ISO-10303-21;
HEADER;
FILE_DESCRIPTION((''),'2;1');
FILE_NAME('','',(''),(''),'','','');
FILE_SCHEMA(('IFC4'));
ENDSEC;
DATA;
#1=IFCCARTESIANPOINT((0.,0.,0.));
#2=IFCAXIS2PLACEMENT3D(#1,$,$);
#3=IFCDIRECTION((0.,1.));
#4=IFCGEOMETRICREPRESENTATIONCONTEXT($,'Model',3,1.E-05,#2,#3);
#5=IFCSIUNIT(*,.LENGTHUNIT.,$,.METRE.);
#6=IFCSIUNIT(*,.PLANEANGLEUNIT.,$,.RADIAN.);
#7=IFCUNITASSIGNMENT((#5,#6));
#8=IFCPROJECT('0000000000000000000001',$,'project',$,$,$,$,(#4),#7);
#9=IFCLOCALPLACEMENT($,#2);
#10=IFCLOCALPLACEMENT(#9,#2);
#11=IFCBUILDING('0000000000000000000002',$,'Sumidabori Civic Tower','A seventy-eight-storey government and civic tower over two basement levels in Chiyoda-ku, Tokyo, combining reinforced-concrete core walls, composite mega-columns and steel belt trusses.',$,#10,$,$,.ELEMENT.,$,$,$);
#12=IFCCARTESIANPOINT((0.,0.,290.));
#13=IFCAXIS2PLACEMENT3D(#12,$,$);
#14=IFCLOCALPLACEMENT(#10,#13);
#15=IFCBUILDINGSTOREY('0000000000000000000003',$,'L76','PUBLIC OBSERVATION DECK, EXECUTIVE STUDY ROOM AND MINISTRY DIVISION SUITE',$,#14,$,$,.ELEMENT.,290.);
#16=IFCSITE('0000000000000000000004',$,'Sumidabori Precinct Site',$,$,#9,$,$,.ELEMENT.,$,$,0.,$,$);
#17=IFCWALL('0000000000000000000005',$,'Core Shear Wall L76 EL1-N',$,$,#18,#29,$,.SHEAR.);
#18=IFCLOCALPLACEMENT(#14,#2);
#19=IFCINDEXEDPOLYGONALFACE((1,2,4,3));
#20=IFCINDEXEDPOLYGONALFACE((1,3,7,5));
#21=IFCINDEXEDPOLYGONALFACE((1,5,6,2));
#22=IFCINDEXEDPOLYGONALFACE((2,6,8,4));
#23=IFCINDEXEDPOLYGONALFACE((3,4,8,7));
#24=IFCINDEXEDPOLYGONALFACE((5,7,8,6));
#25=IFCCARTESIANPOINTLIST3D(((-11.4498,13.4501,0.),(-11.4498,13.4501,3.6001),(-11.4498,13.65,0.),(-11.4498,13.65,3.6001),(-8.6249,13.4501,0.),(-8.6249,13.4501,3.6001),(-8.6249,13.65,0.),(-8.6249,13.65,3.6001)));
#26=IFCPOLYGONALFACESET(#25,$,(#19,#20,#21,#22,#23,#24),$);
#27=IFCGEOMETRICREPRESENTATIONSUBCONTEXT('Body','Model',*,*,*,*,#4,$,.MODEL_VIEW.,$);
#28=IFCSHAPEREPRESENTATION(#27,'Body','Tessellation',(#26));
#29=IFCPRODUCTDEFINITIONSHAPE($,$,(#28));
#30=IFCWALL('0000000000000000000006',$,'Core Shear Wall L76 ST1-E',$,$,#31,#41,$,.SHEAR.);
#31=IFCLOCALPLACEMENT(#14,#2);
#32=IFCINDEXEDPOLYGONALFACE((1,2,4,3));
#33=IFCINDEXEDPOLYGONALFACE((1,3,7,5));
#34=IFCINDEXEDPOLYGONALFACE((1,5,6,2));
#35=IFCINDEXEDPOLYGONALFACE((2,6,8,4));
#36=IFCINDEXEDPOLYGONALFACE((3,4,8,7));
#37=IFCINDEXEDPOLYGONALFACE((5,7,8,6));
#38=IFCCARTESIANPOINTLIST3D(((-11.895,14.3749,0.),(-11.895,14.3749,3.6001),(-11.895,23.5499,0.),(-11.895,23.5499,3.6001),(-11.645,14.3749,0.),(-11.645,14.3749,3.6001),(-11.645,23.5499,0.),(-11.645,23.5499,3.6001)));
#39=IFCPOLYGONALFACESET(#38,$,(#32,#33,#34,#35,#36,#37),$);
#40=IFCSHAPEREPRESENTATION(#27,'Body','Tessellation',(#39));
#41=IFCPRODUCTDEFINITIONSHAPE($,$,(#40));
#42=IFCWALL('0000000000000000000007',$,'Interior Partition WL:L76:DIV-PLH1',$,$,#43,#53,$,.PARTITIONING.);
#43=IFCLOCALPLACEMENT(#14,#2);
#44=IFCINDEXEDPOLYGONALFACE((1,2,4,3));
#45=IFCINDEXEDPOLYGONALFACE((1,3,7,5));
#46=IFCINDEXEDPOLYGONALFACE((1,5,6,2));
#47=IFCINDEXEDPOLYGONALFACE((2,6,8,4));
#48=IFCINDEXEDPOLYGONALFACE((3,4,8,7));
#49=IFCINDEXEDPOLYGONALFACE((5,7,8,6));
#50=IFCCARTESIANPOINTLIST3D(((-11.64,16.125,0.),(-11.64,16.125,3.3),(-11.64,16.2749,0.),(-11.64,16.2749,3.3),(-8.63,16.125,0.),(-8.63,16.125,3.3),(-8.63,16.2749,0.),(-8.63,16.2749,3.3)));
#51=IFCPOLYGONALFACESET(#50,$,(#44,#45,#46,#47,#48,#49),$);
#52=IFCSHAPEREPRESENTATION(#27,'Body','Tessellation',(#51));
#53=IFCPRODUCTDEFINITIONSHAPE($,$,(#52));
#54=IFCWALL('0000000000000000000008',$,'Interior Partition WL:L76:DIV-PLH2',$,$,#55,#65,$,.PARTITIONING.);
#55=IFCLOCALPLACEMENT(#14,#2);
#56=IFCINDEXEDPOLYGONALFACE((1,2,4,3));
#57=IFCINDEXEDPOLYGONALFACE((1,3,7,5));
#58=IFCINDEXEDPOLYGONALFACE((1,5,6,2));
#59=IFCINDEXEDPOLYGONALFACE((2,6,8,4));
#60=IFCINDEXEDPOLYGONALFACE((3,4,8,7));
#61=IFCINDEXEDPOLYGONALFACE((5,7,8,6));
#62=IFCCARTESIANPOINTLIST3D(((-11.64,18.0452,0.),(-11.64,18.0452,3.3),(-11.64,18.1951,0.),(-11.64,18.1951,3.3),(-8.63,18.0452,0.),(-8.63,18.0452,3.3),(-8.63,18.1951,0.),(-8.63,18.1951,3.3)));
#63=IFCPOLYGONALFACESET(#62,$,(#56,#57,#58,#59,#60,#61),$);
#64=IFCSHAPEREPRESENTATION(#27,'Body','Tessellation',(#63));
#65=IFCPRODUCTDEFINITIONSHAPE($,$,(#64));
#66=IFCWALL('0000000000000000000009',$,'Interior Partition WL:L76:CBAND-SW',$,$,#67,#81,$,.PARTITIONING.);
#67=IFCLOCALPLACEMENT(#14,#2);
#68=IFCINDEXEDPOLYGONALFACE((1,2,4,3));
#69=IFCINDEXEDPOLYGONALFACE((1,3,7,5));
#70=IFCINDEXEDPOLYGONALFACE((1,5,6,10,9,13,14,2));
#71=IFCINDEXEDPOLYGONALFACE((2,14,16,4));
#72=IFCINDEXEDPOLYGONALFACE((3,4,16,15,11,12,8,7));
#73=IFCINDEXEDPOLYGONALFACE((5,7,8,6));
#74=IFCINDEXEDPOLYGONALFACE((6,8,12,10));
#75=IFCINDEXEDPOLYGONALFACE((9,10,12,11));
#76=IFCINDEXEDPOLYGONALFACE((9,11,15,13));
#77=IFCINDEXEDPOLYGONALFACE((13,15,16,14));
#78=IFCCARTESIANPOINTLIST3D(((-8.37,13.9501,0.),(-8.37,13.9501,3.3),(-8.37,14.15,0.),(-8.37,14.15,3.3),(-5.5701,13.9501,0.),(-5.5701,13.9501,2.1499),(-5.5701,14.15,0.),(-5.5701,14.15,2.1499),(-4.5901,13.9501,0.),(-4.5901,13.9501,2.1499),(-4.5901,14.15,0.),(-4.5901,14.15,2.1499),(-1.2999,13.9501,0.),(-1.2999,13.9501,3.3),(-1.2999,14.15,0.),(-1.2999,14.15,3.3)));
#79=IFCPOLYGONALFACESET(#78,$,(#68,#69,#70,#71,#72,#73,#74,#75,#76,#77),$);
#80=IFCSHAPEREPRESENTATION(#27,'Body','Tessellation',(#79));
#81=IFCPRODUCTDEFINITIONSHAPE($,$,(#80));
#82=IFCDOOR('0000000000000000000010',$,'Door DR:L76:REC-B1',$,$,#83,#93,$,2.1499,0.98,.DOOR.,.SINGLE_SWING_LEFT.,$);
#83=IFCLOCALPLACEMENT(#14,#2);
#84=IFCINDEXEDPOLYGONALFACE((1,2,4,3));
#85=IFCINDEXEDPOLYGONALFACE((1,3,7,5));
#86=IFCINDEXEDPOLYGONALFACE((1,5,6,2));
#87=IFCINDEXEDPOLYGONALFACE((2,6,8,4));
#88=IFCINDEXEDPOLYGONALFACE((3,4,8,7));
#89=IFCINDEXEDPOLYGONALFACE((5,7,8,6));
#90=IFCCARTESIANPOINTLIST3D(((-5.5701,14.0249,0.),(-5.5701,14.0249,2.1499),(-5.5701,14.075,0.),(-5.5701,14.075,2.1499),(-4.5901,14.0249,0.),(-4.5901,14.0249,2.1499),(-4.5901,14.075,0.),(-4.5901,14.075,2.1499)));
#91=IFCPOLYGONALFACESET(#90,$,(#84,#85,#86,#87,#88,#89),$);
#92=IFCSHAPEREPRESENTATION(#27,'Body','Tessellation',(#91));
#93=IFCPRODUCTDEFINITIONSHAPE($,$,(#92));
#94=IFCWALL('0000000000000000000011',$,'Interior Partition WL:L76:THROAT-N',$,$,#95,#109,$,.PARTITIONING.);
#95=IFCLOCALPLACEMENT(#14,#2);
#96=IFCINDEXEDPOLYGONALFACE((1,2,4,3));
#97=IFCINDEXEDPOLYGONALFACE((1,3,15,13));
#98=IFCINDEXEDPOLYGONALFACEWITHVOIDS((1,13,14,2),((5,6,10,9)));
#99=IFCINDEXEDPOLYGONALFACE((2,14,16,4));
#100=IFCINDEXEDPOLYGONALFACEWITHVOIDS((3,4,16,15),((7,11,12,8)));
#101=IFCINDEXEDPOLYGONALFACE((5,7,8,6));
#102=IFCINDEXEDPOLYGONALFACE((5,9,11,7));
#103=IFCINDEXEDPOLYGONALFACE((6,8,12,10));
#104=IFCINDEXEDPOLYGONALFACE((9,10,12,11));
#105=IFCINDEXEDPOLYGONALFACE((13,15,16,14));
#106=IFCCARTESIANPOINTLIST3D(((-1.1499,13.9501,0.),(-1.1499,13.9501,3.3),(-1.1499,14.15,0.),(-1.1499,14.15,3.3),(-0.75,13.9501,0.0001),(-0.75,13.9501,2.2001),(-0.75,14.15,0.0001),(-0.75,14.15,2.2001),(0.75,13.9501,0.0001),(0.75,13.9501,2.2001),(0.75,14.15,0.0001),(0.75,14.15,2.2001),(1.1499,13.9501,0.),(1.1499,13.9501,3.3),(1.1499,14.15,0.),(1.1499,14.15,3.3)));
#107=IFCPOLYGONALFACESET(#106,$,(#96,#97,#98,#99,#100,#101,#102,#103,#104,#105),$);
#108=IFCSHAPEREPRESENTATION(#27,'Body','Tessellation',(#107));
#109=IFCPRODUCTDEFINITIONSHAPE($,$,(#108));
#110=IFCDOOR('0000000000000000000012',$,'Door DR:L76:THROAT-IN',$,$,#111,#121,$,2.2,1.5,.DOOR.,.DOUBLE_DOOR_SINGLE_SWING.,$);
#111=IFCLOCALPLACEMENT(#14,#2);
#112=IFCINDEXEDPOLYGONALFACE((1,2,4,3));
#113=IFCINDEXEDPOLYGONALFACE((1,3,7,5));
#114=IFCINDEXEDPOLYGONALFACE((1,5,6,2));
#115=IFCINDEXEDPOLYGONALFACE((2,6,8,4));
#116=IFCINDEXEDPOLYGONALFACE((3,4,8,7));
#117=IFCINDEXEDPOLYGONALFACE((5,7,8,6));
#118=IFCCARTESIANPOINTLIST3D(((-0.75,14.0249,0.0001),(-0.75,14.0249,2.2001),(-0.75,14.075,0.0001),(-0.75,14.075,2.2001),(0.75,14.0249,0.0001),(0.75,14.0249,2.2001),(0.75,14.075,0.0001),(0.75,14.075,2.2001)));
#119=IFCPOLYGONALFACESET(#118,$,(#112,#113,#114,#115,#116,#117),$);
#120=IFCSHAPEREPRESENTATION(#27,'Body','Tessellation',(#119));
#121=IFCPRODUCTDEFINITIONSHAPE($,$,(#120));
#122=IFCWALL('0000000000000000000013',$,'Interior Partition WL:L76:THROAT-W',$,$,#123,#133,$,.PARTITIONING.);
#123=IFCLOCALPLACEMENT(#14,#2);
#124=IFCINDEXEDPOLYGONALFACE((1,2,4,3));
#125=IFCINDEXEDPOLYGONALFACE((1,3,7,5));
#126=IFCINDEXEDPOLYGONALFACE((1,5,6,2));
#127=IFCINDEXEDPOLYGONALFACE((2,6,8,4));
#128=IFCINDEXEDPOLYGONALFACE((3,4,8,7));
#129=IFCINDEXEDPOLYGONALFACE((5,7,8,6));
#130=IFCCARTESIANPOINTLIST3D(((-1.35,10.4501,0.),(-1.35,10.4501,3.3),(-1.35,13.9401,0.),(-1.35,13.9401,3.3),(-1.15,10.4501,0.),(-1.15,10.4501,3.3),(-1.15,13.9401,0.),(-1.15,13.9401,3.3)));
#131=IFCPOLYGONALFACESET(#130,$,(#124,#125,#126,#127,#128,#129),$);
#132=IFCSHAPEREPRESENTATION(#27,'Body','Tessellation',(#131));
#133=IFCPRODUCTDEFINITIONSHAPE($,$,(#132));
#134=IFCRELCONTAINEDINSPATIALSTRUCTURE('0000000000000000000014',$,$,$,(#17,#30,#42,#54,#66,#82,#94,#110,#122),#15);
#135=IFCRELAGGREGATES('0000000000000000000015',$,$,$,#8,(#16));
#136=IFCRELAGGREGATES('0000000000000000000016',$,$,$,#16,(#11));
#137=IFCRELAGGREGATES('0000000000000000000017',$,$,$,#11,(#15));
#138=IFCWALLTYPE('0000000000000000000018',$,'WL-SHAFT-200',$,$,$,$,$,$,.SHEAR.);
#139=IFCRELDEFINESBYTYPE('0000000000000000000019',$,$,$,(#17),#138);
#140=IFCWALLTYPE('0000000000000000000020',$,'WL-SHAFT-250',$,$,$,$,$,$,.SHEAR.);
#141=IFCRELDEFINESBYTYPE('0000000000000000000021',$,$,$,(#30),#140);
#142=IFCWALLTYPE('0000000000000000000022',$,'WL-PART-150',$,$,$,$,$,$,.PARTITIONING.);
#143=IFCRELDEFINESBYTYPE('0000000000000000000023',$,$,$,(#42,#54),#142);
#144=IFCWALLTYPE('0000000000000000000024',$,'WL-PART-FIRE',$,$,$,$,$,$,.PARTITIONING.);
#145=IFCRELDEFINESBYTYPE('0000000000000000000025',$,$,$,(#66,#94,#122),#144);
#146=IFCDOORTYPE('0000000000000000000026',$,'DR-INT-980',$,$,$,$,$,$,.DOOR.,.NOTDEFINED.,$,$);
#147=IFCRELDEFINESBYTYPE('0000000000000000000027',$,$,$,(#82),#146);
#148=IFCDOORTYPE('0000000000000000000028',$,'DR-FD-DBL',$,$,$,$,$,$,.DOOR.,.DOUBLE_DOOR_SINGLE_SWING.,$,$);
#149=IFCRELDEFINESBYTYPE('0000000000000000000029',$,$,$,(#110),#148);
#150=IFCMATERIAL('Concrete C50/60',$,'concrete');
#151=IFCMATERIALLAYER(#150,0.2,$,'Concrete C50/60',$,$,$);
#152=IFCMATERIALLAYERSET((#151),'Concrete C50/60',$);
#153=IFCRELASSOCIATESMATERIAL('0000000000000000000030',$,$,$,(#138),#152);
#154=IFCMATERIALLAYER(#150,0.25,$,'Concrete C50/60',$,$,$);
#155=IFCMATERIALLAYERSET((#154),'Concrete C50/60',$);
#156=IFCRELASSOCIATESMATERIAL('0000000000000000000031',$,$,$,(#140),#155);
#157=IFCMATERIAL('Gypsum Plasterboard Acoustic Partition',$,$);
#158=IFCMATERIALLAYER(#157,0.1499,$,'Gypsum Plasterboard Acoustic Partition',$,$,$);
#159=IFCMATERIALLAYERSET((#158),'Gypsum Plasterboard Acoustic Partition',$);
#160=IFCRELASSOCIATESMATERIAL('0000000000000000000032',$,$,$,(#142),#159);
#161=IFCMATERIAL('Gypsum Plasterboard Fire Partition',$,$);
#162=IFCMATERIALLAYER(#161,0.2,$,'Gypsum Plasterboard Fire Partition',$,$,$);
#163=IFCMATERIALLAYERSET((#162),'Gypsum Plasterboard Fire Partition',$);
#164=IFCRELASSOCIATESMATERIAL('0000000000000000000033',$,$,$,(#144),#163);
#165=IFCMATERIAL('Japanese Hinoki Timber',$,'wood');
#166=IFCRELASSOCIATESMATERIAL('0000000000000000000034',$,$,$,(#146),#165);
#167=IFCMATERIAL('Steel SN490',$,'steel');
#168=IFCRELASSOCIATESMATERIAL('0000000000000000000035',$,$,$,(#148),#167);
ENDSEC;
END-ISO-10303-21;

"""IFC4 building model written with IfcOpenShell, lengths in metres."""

from ifc_helpers import new_model, si_unit, direction, frame, frame_2d, origin, place, context, subcontext, project, spatial, rectangle, extrude, source, transform, mapped, material, layer, layer_set, type_object, element, fill, save


model = new_model("IFC4")

# Units and contexts
model_context = context("Model", 3, precision=1e-05, world=origin(), true_north=direction((0.0, 1.0)))
body_context = subcontext(model_context, "Body", "Model", "MODEL_VIEW")
ifc_project = project(units=[si_unit("LENGTHUNIT", "METRE"), si_unit("PLANEANGLEUNIT", "RADIAN")], contexts=[model_context])

# Site, building, storey
site_placement = place(None, origin())
site = spatial("IfcSite", under=ifc_project, at=site_placement, Name="Sumidabori Precinct Site", CompositionType="ELEMENT", RefElevation=0.0)
building_placement = place(site_placement, origin())
building = spatial("IfcBuilding", under=site, at=building_placement, Name="Sumidabori Civic Tower", Description="A seventy-eight-storey government and civic tower over two basement levels in Chiyoda-ku, Tokyo, combining reinforced-concrete core walls, composite mega-columns and steel belt trusses.", CompositionType="ELEMENT")
storey_placement = place(building_placement, frame((0.0, 0.0, 290.0)))
storey = spatial("IfcBuildingStorey", under=building, at=storey_placement, Name="L76", Description="PUBLIC OBSERVATION DECK, EXECUTIVE STUDY ROOM AND MINISTRY DIVISION SUITE", CompositionType="ELEMENT", Elevation=290.0)

# Wall
ifc_material_1 = material(Name="Concrete C50/60", Category="concrete")
ifc_layer_1 = layer(ifc_material_1, 0.2, Name="Concrete C50/60")
ifc_layer_set_1 = layer_set([ifc_layer_1], Name="Concrete C50/60")
wall_type_1 = type_object("IfcWallType", Name="WL-SHAFT-200", PredefinedType="SHEAR", material=ifc_layer_set_1)
shared_shape_1 = source(origin(), body_context, "Body", "SweptSolid", [
    extrude(rectangle(XDim=2.825, YDim=0.2, at=frame_2d((1.4126, 0.0))), origin(), (0.0, 0.0, 1.0), 3.6001),
])
wall_1_placement = place(storey_placement, frame((-11.45, 13.55, 0.0), z_axis=(0.0, 0.0, 1.0), x_axis=(1.0, 0.0, 0.0)))
element("IfcWall", 1, at=wall_1_placement, inside=storey, type_object=wall_type_1, Name="Core Shear Wall L76 EL1-N", PredefinedType="SHEAR", context=body_context, shape_type="MappedRepresentation", body=[
    mapped(shared_shape_1, transform((0.0, 0.0, 0.0), x_axis=(1.0, 0.0, 0.0), y_axis=(0.0, 1.0, 0.0), z_axis=(0.0, 0.0, 1.0), scale=1.0)),
])

# Shared definitions
ifc_layer_2 = layer(ifc_material_1, 0.25, Name="Concrete C50/60")
ifc_layer_set_2 = layer_set([ifc_layer_2], Name="Concrete C50/60")
wall_type_2 = type_object("IfcWallType", Name="WL-SHAFT-250", PredefinedType="SHEAR", material=ifc_layer_set_2)

# Wall
shared_shape_2 = source(origin(), body_context, "Body", "SweptSolid", [
    extrude(rectangle(XDim=9.175, YDim=0.25, at=frame_2d((4.5874, 0.0))), origin(), (0.0, 0.0, 1.0), 3.6001),
])
wall_2_placement = place(storey_placement, frame((-11.77, 14.375, 0.0), z_axis=(0.0, 0.0, 1.0), x_axis=(0.0, 1.0, 0.0)))
element("IfcWall", 2, at=wall_2_placement, inside=storey, type_object=wall_type_2, Name="Core Shear Wall L76 ST1-E", PredefinedType="SHEAR", context=body_context, shape_type="MappedRepresentation", body=[
    mapped(shared_shape_2, transform((0.0, 0.0, 0.0), x_axis=(1.0, 0.0, 0.0), y_axis=(0.0, 1.0, 0.0), z_axis=(0.0, 0.0, 1.0), scale=1.0)),
])

# Walls
ifc_material_2 = material(Name="Gypsum Plasterboard Acoustic Partition")
ifc_layer_3 = layer(ifc_material_2, 0.1499, Name="Gypsum Plasterboard Acoustic Partition")
ifc_layer_set_3 = layer_set([ifc_layer_3], Name="Gypsum Plasterboard Acoustic Partition")
wall_type_3 = type_object("IfcWallType", Name="WL-PART-150", PredefinedType="PARTITIONING", material=ifc_layer_set_3)
shared_shape_3 = source(origin(), body_context, "Body", "SweptSolid", [
    extrude(rectangle(XDim=3.01, YDim=0.1499, at=frame_2d((1.5049, 0.0))), origin(), (0.0, 0.0, 1.0), 3.3),
])
for number, where, z_axis, x_axis, name in (
    (3, (-11.6399, 16.2, 0.0), (0.0, 0.0, 1.0), (1.0, 0.0, 0.0), "Interior Partition WL:L76:DIV-PLH1"),
    (4, (-11.6399, 18.1201, 0.0), (0.0, 0.0, 1.0), (1.0, 0.0, 0.0), "Interior Partition WL:L76:DIV-PLH2"),
):
    element("IfcWall", number, at=place(storey_placement, frame(where, z_axis=z_axis, x_axis=x_axis)), inside=storey, type_object=wall_type_3, Name=name, PredefinedType="PARTITIONING", context=body_context, shape_type="MappedRepresentation", body=[
        mapped(shared_shape_3, transform((0.0, 0.0, 0.0), x_axis=(1.0, 0.0, 0.0), y_axis=(0.0, 1.0, 0.0), z_axis=(0.0, 0.0, 1.0), scale=1.0)),
    ])

# Walls, openings, doors
ifc_material_3 = material(Name="Gypsum Plasterboard Fire Partition")
ifc_layer_4 = layer(ifc_material_3, 0.2, Name="Gypsum Plasterboard Fire Partition")
ifc_layer_set_4 = layer_set([ifc_layer_4], Name="Gypsum Plasterboard Fire Partition")
wall_type_4 = type_object("IfcWallType", Name="WL-PART-FIRE", PredefinedType="PARTITIONING", material=ifc_layer_set_4)
shared_shape_4 = source(origin(), body_context, "Body", "SweptSolid", [
    extrude(rectangle(XDim=7.0701, YDim=0.2, at=frame_2d((3.5352, 0.0))), origin(), (0.0, 0.0, 1.0), 3.3),
])
wall_3_placement = place(storey_placement, frame((-8.3701, 14.05, 0.0), z_axis=(0.0, 0.0, 1.0), x_axis=(1.0, 0.0, 0.0)))
wall_3 = element("IfcWall", 5, at=wall_3_placement, inside=storey, type_object=wall_type_4, Name="Interior Partition WL:L76:CBAND-SW", PredefinedType="PARTITIONING", context=body_context, shape_type="MappedRepresentation", body=[
    mapped(shared_shape_4, transform((0.0, 0.0, 0.0), x_axis=(1.0, 0.0, 0.0), y_axis=(0.0, 1.0, 0.0), z_axis=(0.0, 0.0, 1.0), scale=1.0)),
])
opening_1_placement = place(wall_3_placement, frame((2.8, 0.0, 0.0)))
opening_1 = element("IfcOpeningElement", 6, at=opening_1_placement, cuts=wall_3, PredefinedType="OPENING", context=body_context, shape_type="SweptSolid", body=[
    extrude(rectangle(XDim=0.98, YDim=2.1499, at=frame_2d((0.49, 1.075))), frame((0.0, 0.1118, 0.0), z_axis=(0.0, -1.0, 0.0), x_axis=(1.0, 0.0, 0.0)), (0.0, 0.0, 1.0), 0.2239),
])
ifc_material_4 = material(Name="Japanese Hinoki Timber", Category="wood")
door_type_1 = type_object("IfcDoorType", Name="DR-INT-980", OperationType="NOTDEFINED", PredefinedType="DOOR", material=ifc_material_4)
shared_shape_5 = source(origin(), body_context, "Body", "SweptSolid", [
    extrude(rectangle(XDim=0.98, YDim=2.1499, at=frame_2d((0.49, 1.075))), frame((0.0, 0.0249, 0.0), z_axis=(0.0, -1.0, 0.0), x_axis=(1.0, 0.0, 0.0)), (0.0, 0.0, 1.0), 0.05),
])
door_1_placement = place(opening_1_placement, origin())
door_1 = element("IfcDoor", 7, at=door_1_placement, inside=storey, type_object=door_type_1, Name="Door DR:L76:REC-B1", OperationType="SINGLE_SWING_LEFT", OverallHeight=2.1499, OverallWidth=0.98, PredefinedType="DOOR", context=body_context, shape_type="MappedRepresentation", body=[
    mapped(shared_shape_5, transform((0.0, 0.0, 0.0), x_axis=(1.0, 0.0, 0.0), y_axis=(0.0, 1.0, 0.0), z_axis=(0.0, 0.0, 1.0), scale=1.0)),
])
fill(opening_1, door_1)
shared_shape_6 = source(origin(), body_context, "Body", "SweptSolid", [
    extrude(rectangle(XDim=2.2998, YDim=0.2, at=frame_2d((1.1499, 0.0))), origin(), (0.0, 0.0, 1.0), 3.3),
])
wall_4_placement = place(storey_placement, frame((-1.1499, 14.05, 0.0), z_axis=(0.0, 0.0, 1.0), x_axis=(1.0, 0.0, 0.0)))
wall_4 = element("IfcWall", 8, at=wall_4_placement, inside=storey, type_object=wall_type_4, Name="Interior Partition WL:L76:THROAT-N", PredefinedType="PARTITIONING", context=body_context, shape_type="MappedRepresentation", body=[
    mapped(shared_shape_6, transform((0.0, 0.0, 0.0), x_axis=(1.0, 0.0, 0.0), y_axis=(0.0, 1.0, 0.0), z_axis=(0.0, 0.0, 1.0), scale=1.0)),
])
opening_2_placement = place(wall_4_placement, frame((0.3999, 0.0, 0.0)))
opening_2 = element("IfcOpeningElement", 9, at=opening_2_placement, cuts=wall_4, PredefinedType="OPENING", context=body_context, shape_type="SweptSolid", body=[
    extrude(rectangle(XDim=1.5, YDim=2.2, at=frame_2d((0.75, 1.1001))), frame((0.0, 0.1118, 0.0), z_axis=(0.0, -1.0, 0.0), x_axis=(1.0, 0.0, 0.0)), (0.0, 0.0, 1.0), 0.2239),
])
ifc_material_5 = material(Name="Steel SN490", Category="steel")
door_type_2 = type_object("IfcDoorType", Name="DR-FD-DBL", OperationType="DOUBLE_DOOR_SINGLE_SWING", PredefinedType="DOOR", material=ifc_material_5)
shared_shape_7 = source(origin(), body_context, "Body", "SweptSolid", [
    extrude(rectangle(XDim=1.5, YDim=2.2, at=frame_2d((0.75, 1.1001))), frame((0.0, 0.0249, 0.0), z_axis=(0.0, -1.0, 0.0), x_axis=(1.0, 0.0, 0.0)), (0.0, 0.0, 1.0), 0.05),
])
door_2_placement = place(opening_2_placement, origin())
door_2 = element("IfcDoor", 10, at=door_2_placement, inside=storey, type_object=door_type_2, Name="Door DR:L76:THROAT-IN", OperationType="DOUBLE_DOOR_SINGLE_SWING", OverallHeight=2.2, OverallWidth=1.5, PredefinedType="DOOR", context=body_context, shape_type="MappedRepresentation", body=[
    mapped(shared_shape_7, transform((0.0, 0.0, 0.0), x_axis=(1.0, 0.0, 0.0), y_axis=(0.0, 1.0, 0.0), z_axis=(0.0, 0.0, 1.0), scale=1.0)),
])
fill(opening_2, door_2)

# Wall
shared_shape_8 = source(origin(), body_context, "Body", "SweptSolid", [
    extrude(rectangle(XDim=3.49, YDim=0.2, at=frame_2d((1.7451, 0.0))), origin(), (0.0, 0.0, 1.0), 3.3),
])
wall_5_placement = place(storey_placement, frame((-1.25, 10.45, 0.0), z_axis=(0.0, 0.0, 1.0), x_axis=(0.0, 1.0, 0.0)))
element("IfcWall", 11, at=wall_5_placement, inside=storey, type_object=wall_type_4, Name="Interior Partition WL:L76:THROAT-W", PredefinedType="PARTITIONING", context=body_context, shape_type="MappedRepresentation", body=[
    mapped(shared_shape_8, transform((0.0, 0.0, 0.0), x_axis=(1.0, 0.0, 0.0), y_axis=(0.0, 1.0, 0.0), z_axis=(0.0, 0.0, 1.0), scale=1.0)),
])

save(model, "model.ifc")
